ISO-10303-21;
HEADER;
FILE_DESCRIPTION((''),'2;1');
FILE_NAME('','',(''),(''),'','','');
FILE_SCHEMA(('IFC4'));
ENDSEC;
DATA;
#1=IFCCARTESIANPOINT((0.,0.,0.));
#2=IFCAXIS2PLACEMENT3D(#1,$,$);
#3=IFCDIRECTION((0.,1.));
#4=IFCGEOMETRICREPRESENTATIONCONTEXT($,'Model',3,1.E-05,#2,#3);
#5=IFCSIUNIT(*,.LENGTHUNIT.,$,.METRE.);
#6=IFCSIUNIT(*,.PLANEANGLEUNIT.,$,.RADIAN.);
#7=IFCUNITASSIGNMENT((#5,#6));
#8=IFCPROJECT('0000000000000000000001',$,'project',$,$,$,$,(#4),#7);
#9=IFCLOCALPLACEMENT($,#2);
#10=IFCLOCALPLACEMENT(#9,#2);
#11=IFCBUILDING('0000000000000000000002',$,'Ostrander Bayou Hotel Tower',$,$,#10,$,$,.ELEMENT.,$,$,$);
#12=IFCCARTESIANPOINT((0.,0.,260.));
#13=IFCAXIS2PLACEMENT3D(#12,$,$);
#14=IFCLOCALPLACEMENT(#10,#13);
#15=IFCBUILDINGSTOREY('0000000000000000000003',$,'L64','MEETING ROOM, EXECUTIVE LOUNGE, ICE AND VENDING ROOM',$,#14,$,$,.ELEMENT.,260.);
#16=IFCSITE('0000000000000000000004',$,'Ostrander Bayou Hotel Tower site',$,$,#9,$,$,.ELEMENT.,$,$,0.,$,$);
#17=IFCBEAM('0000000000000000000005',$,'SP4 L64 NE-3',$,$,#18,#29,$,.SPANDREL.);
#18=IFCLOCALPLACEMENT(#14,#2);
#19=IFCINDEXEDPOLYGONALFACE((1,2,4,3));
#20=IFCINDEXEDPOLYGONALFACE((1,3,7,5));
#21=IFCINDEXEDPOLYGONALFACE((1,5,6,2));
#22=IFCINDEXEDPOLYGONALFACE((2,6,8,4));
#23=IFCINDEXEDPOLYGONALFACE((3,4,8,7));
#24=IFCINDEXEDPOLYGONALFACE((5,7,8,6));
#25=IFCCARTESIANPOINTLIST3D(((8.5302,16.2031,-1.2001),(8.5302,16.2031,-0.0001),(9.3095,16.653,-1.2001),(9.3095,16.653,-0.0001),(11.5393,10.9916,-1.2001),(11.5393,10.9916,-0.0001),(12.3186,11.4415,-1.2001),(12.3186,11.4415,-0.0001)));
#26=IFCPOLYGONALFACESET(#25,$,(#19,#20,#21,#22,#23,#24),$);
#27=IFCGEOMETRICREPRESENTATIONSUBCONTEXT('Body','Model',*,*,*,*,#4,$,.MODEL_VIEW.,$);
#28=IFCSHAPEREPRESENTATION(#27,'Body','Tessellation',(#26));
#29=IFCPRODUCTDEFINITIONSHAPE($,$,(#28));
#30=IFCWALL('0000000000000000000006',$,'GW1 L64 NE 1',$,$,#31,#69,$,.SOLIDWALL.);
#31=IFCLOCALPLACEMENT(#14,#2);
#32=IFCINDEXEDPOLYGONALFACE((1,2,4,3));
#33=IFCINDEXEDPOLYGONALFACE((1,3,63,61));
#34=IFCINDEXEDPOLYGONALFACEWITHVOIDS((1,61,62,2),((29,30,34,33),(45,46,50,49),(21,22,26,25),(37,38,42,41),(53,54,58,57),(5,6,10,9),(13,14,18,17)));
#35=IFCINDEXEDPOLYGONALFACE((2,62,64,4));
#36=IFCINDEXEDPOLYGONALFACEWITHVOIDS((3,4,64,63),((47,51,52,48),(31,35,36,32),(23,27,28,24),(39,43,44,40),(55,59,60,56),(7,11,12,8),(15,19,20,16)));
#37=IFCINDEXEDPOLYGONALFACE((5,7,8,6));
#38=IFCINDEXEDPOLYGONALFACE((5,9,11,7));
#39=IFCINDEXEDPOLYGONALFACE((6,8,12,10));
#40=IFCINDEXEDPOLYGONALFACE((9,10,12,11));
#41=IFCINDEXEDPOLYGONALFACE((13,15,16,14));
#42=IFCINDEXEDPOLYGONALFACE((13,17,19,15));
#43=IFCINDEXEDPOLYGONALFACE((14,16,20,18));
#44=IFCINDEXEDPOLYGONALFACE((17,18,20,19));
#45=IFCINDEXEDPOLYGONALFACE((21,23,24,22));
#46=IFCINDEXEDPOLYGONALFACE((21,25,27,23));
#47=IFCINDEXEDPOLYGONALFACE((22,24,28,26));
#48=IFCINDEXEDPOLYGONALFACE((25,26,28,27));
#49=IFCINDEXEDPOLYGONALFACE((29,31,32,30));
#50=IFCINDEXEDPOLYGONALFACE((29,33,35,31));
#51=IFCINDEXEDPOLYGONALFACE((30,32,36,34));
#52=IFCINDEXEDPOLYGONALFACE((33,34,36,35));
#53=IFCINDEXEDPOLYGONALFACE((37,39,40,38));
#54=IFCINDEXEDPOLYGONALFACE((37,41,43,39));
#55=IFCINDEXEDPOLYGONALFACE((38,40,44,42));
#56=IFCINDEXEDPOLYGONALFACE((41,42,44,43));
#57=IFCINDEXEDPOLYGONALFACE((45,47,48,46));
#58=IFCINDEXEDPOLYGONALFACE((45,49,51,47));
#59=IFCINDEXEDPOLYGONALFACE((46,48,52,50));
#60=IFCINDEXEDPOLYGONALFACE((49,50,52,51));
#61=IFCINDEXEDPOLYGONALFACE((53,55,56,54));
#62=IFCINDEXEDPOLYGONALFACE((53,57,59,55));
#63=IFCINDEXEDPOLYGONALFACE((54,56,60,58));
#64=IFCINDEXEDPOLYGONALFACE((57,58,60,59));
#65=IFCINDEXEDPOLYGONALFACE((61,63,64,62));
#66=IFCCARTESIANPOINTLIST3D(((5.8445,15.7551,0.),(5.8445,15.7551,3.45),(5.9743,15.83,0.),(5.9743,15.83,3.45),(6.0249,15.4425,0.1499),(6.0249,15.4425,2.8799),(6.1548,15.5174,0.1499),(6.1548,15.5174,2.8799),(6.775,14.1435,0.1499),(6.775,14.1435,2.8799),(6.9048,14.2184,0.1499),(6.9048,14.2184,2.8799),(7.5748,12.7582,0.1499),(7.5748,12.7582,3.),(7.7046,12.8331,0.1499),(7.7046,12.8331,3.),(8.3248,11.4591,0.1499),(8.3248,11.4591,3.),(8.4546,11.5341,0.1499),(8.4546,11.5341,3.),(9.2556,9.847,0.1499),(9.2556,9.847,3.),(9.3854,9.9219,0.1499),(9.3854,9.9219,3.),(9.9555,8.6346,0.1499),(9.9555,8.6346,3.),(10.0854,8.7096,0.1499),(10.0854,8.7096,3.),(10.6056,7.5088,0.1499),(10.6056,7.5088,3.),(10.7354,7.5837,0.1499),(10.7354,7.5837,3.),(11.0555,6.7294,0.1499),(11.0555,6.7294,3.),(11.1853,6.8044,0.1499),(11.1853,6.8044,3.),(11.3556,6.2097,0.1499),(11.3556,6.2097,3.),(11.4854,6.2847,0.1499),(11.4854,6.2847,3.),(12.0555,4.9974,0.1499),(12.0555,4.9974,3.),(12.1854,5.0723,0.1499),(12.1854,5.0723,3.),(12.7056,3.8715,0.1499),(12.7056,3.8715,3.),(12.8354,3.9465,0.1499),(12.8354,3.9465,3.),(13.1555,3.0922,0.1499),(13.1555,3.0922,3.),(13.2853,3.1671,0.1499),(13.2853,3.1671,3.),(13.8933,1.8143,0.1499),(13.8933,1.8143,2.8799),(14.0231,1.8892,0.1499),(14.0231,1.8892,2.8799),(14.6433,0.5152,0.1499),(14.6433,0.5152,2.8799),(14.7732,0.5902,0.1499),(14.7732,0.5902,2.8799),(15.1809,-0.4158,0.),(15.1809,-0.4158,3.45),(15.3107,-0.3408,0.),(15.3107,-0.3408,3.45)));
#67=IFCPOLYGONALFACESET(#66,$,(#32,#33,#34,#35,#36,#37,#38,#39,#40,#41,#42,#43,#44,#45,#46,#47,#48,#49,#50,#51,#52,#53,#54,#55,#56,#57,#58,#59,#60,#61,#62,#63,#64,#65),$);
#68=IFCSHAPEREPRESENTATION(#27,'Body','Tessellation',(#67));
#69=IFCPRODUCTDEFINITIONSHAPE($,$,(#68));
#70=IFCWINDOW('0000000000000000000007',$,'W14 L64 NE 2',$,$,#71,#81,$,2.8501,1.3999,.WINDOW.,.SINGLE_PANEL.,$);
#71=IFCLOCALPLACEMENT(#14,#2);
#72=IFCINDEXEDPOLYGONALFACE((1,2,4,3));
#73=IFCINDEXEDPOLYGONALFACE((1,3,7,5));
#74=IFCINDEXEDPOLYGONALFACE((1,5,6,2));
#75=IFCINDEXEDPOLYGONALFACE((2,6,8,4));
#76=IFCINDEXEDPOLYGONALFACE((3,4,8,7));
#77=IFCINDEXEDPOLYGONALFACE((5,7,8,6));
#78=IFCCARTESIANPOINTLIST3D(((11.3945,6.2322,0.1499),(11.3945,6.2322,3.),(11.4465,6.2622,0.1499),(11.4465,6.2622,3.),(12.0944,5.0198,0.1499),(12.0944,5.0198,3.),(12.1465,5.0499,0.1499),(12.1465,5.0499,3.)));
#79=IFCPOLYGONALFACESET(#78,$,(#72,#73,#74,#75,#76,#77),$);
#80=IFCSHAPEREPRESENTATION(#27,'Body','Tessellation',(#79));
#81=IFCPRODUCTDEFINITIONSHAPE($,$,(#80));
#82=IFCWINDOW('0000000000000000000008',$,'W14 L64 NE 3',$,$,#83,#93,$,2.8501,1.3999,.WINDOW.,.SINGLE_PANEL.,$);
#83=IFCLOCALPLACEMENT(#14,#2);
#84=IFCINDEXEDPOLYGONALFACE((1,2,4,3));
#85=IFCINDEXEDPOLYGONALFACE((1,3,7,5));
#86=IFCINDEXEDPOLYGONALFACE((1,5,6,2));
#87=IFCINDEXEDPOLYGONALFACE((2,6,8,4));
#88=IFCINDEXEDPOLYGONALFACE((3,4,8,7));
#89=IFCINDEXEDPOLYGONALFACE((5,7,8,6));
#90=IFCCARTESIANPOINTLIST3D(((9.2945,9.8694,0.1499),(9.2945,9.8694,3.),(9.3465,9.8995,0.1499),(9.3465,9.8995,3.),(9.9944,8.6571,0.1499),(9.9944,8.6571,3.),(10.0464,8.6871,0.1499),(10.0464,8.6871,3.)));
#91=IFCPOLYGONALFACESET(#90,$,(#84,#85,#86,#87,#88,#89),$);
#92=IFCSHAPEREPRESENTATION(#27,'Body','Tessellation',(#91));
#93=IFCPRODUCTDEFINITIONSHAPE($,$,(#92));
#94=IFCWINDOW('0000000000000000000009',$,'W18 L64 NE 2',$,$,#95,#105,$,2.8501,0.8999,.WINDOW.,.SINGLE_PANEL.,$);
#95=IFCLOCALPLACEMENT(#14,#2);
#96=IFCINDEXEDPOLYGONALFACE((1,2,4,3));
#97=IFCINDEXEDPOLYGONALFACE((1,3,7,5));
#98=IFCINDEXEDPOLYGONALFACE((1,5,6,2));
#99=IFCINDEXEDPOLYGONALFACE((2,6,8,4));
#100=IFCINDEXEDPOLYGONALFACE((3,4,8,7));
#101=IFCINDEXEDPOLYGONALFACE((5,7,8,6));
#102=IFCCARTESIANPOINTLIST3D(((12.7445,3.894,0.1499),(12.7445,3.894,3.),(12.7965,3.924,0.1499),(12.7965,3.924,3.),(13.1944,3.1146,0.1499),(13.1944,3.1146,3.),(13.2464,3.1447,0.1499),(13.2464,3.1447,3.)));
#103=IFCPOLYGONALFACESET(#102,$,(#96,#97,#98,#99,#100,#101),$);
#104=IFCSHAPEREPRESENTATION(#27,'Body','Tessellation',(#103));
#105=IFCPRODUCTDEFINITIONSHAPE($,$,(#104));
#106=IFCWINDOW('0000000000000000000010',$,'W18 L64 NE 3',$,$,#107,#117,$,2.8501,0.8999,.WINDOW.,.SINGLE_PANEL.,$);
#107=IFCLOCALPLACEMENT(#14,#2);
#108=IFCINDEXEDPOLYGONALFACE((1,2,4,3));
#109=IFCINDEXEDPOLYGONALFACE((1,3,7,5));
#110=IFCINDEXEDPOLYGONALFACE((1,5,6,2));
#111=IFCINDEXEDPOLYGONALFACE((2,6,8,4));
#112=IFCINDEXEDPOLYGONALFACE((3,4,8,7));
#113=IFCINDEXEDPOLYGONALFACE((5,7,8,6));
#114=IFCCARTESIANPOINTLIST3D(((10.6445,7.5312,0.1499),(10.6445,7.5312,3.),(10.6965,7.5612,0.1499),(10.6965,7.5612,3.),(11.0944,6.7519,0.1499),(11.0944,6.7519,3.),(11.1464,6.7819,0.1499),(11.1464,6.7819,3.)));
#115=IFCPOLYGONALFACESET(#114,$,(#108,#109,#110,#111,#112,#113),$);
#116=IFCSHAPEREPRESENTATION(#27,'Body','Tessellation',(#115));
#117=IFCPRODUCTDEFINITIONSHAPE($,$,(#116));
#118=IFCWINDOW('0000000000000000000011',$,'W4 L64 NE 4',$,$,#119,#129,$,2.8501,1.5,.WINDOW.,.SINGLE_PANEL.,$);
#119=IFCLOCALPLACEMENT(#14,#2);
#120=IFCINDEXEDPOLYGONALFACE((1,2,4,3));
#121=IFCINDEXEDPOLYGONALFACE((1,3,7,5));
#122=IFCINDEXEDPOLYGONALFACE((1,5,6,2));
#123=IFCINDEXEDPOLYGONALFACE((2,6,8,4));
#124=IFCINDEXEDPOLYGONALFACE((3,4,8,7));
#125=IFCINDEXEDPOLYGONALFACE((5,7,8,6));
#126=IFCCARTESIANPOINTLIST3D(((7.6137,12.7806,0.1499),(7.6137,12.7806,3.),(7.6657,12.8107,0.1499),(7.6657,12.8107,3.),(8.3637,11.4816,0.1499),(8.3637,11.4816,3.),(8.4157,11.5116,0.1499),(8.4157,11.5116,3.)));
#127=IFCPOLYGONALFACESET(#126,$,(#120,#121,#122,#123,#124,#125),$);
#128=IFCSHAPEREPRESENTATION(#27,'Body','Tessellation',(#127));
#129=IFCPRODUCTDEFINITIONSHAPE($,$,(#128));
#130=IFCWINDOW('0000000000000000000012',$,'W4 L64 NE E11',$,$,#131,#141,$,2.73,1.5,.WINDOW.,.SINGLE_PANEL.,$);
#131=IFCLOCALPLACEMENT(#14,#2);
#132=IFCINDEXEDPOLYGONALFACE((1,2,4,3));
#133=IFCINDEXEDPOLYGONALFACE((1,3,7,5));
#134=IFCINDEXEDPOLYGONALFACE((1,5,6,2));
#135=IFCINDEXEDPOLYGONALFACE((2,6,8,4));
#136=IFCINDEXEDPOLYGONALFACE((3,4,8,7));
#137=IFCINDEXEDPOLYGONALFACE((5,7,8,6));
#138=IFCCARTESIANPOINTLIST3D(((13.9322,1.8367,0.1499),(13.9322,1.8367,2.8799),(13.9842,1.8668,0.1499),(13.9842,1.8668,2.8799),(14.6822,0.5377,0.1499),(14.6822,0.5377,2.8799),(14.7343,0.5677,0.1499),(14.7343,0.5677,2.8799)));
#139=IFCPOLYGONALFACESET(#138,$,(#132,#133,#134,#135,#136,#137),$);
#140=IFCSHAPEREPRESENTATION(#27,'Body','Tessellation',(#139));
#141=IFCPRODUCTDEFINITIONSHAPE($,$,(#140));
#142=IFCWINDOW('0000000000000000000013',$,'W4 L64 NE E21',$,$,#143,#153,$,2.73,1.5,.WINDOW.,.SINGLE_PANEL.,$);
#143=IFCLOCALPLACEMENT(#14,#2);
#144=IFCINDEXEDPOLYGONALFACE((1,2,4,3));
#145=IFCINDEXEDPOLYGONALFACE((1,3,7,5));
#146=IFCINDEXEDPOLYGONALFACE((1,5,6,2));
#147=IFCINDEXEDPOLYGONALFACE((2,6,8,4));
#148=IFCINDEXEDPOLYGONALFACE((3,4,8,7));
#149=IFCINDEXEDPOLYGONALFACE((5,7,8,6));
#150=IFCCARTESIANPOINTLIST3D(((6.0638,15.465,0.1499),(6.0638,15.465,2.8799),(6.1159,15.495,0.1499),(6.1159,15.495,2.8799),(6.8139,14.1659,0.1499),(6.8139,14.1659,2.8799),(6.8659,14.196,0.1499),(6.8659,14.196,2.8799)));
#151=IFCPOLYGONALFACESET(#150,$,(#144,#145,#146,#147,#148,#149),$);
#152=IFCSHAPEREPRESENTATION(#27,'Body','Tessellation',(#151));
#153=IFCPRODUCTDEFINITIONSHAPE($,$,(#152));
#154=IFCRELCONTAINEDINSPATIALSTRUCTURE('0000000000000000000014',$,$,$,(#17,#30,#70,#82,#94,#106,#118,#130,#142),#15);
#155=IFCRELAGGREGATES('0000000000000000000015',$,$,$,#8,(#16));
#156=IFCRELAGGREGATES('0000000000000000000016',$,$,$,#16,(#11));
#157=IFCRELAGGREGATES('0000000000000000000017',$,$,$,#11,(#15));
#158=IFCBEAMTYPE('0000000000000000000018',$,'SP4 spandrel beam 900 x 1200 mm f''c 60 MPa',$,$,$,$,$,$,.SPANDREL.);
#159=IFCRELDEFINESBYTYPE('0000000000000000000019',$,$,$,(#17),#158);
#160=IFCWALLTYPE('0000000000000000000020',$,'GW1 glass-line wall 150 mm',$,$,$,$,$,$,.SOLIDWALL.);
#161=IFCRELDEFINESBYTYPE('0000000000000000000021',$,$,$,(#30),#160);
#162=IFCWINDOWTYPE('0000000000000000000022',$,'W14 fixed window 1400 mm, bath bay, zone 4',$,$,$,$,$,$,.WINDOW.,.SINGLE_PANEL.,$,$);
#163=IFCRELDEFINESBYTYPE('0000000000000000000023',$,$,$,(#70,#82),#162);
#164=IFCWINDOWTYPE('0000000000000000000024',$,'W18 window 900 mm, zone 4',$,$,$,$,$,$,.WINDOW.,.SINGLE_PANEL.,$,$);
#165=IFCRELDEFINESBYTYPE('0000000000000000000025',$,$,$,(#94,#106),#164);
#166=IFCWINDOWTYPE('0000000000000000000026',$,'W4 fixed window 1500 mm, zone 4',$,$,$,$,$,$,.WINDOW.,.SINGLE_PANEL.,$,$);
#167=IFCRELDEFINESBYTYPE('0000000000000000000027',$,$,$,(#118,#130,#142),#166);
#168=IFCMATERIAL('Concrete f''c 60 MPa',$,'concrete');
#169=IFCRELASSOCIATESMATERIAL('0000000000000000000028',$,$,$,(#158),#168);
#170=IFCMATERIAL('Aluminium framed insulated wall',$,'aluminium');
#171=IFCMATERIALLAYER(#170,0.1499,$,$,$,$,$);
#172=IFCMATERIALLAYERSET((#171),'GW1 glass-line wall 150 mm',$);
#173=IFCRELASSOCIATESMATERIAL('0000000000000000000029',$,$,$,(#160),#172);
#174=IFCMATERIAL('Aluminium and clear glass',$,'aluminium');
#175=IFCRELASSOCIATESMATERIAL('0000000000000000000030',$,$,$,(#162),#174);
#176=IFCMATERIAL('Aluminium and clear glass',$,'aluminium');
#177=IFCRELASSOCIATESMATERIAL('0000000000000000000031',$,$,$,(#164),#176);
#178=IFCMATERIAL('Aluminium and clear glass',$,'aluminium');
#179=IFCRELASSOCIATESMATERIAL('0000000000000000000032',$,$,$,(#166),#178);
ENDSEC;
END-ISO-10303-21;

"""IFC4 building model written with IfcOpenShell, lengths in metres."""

from ifc_helpers import new_model, si_unit, direction, frame, frame_2d, origin, origin_2d, place, context, subcontext, project, spatial, rectangle, extrude, material, layer, layer_set, material_profile, profile_set, type_object, element, fill, save


model = new_model("IFC4")

# Units and contexts
model_context = context("Model", 3, precision=1e-05, world=origin(), true_north=direction((0.0, 1.0)))
body_context = subcontext(model_context, "Body", "Model", "MODEL_VIEW")
ifc_project = project(units=[si_unit("LENGTHUNIT", "METRE"), si_unit("PLANEANGLEUNIT", "RADIAN")], contexts=[model_context])

# Site, building, storey
site_placement = place(None, origin())
site = spatial("IfcSite", under=ifc_project, at=site_placement, Name="Ostrander Bayou Hotel Tower site", CompositionType="ELEMENT", RefElevation=0.0)
building_placement = place(site_placement, origin())
building = spatial("IfcBuilding", under=site, at=building_placement, Name="Ostrander Bayou Hotel Tower", CompositionType="ELEMENT")
storey_placement = place(building_placement, frame((0.0, 0.0, 260.0)))
storey = spatial("IfcBuildingStorey", under=building, at=storey_placement, Name="L64", Description="MEETING ROOM, EXECUTIVE LOUNGE, ICE AND VENDING ROOM", CompositionType="ELEMENT", Elevation=260.0)

# Beam
ifc_material_1 = material(Name="Concrete f'c 60 MPa", Category="concrete")
ifc_material_profile_1 = material_profile(ifc_material_1, rectangle(XDim=0.8999, YDim=1.2, at=origin_2d()))
ifc_profile_set_1 = profile_set([ifc_material_profile_1], Name="Concrete f'c 60 MPa")
beam_type_1 = type_object("IfcBeamType", Name="SP4 spandrel beam 900 x 1200 mm f'c 60 MPa", PredefinedType="SPANDREL", material=ifc_profile_set_1)
beam_1_placement = place(storey_placement, frame((11.929, 11.2166, -0.6001), z_axis=(-0.500027, 0.86601, 0.0), x_axis=(-0.86601, -0.500027, 0.0)))
element("IfcBeam", 1, at=beam_1_placement, inside=storey, type_object=beam_type_1, Name="SP4 L64 NE-3", PredefinedType="SPANDREL", context=body_context, shape_type="SweptSolid", body=[
    extrude(rectangle(XDim=0.8999, YDim=1.2, at=origin_2d()), origin(), (0.0, 0.0, 1.0), 6.0178),
])

# Wall, openings, windows
ifc_material_2 = material(Name="Aluminium framed insulated wall", Category="aluminium")
ifc_layer_1 = layer(ifc_material_2, 0.1499)
ifc_layer_set_1 = layer_set([ifc_layer_1], Name="GW1 glass-line wall 150 mm")
wall_type_1 = type_object("IfcWallType", Name="GW1 glass-line wall 150 mm", PredefinedType="SOLIDWALL", material=ifc_layer_set_1)
wall_1_placement = place(storey_placement, frame((15.2458, -0.3784, 0.0), z_axis=(0.0, 0.0, 1.0), x_axis=(-0.500006, 0.866022, 0.0)))
wall_1 = element("IfcWall", 2, at=wall_1_placement, inside=storey, type_object=wall_type_1, Name="GW1 L64 NE 1", PredefinedType="SOLIDWALL", context=body_context, shape_type="SweptSolid", body=[
    extrude(rectangle(XDim=18.6726, YDim=0.1499, at=frame_2d((9.3364, 0.0))), origin(), (0.0, 0.0, 1.0), 3.45),
])
opening_1_placement = place(wall_1_placement, frame((4.0508, 0.0, 0.1499)))
opening_1 = element("IfcOpeningElement", 3, at=opening_1_placement, cuts=wall_1, PredefinedType="OPENING", context=body_context, shape_type="SweptSolid", body=[
    extrude(rectangle(XDim=0.8999, YDim=2.8501, at=frame_2d((0.45, 1.425))), frame((0.0, 0.075, 0.0), z_axis=(0.0, -1.0, 0.0), x_axis=(1.0, 0.0, 0.0)), (0.0, 0.0, 1.0), 0.1499),
])
opening_2_placement = place(wall_1_placement, frame((6.2507, 0.0, 0.1499)))
opening_2 = element("IfcOpeningElement", 4, at=opening_2_placement, cuts=wall_1, PredefinedType="OPENING", context=body_context, shape_type="SweptSolid", body=[
    extrude(rectangle(XDim=1.3999, YDim=2.8501, at=frame_2d((0.7, 1.425))), frame((0.0, 0.075, 0.0), z_axis=(0.0, -1.0, 0.0), x_axis=(1.0, 0.0, 0.0)), (0.0, 0.0, 1.0), 0.1499),
])
opening_3_placement = place(wall_1_placement, frame((8.2507, 0.0, 0.1499)))
opening_3 = element("IfcOpeningElement", 5, at=opening_3_placement, cuts=wall_1, PredefinedType="OPENING", context=body_context, shape_type="SweptSolid", body=[
    extrude(rectangle(XDim=0.8999, YDim=2.8501, at=frame_2d((0.45, 1.425))), frame((0.0, 0.075, 0.0), z_axis=(0.0, -1.0, 0.0), x_axis=(1.0, 0.0, 0.0)), (0.0, 0.0, 1.0), 0.1499),
])
opening_4_placement = place(wall_1_placement, frame((10.4507, 0.0, 0.1499)))
opening_4 = element("IfcOpeningElement", 6, at=opening_4_placement, cuts=wall_1, PredefinedType="OPENING", context=body_context, shape_type="SweptSolid", body=[
    extrude(rectangle(XDim=1.3999, YDim=2.8501, at=frame_2d((0.7, 1.425))), frame((0.0, 0.075, 0.0), z_axis=(0.0, -1.0, 0.0), x_axis=(1.0, 0.0, 0.0)), (0.0, 0.0, 1.0), 0.1499),
])
opening_5_placement = place(wall_1_placement, frame((13.7122, 0.0, 0.1499)))
opening_5 = element("IfcOpeningElement", 7, at=opening_5_placement, cuts=wall_1, PredefinedType="OPENING", context=body_context, shape_type="SweptSolid", body=[
    extrude(rectangle(XDim=1.5, YDim=2.8501, at=frame_2d((0.75, 1.425))), frame((0.0, 0.075, 0.0), z_axis=(0.0, -1.0, 0.0), x_axis=(1.0, 0.0, 0.0)), (0.0, 0.0, 1.0), 0.1499),
])
opening_6_placement = place(wall_1_placement, frame((1.0752, 0.0, 0.1499)))
opening_6 = element("IfcOpeningElement", 8, at=opening_6_placement, cuts=wall_1, PredefinedType="OPENING", context=body_context, shape_type="SweptSolid", body=[
    extrude(rectangle(XDim=1.5, YDim=2.73, at=frame_2d((0.75, 1.365))), frame((0.0, 0.075, 0.0), z_axis=(0.0, -1.0, 0.0), x_axis=(1.0, 0.0, 0.0)), (0.0, 0.0, 1.0), 0.1499),
])
opening_7_placement = place(wall_1_placement, frame((16.8118, 0.0, 0.1499)))
opening_7 = element("IfcOpeningElement", 9, at=opening_7_placement, cuts=wall_1, PredefinedType="OPENING", context=body_context, shape_type="SweptSolid", body=[
    extrude(rectangle(XDim=1.5, YDim=2.73, at=frame_2d((0.75, 1.365))), frame((0.0, 0.075, 0.0), z_axis=(0.0, -1.0, 0.0), x_axis=(1.0, 0.0, 0.0)), (0.0, 0.0, 1.0), 0.1499),
])
ifc_material_3 = material(Name="Aluminium and clear glass", Category="aluminium")
window_type_1 = type_object("IfcWindowType", Name="W14 fixed window 1400 mm, bath bay, zone 4", PartitioningType="SINGLE_PANEL", PredefinedType="WINDOW", material=ifc_material_3)
window_1_placement = place(opening_2_placement, origin())
window_1 = element("IfcWindow", 10, at=window_1_placement, inside=storey, type_object=window_type_1, Name="W14 L64 NE 2", OverallHeight=2.8501, OverallWidth=1.3999, PartitioningType="SINGLE_PANEL", PredefinedType="WINDOW", context=body_context, shape_type="SweptSolid", body=[
    extrude(rectangle(XDim=1.3999, YDim=2.8501, at=frame_2d((0.7, 1.425))), frame((0.0, 0.03, 0.0), z_axis=(0.0, -1.0, 0.0), x_axis=(1.0, 0.0, 0.0)), (0.0, 0.0, 1.0), 0.0601),
])
fill(opening_2, window_1)
window_2_placement = place(opening_4_placement, origin())
window_2 = element("IfcWindow", 11, at=window_2_placement, inside=storey, type_object=window_type_1, Name="W14 L64 NE 3", OverallHeight=2.8501, OverallWidth=1.3999, PartitioningType="SINGLE_PANEL", PredefinedType="WINDOW", context=body_context, shape_type="SweptSolid", body=[
    extrude(rectangle(XDim=1.3999, YDim=2.8501, at=frame_2d((0.7, 1.425))), frame((0.0, 0.03, 0.0), z_axis=(0.0, -1.0, 0.0), x_axis=(1.0, 0.0, 0.0)), (0.0, 0.0, 1.0), 0.0601),
])
fill(opening_4, window_2)
ifc_material_4 = material(Name="Aluminium and clear glass", Category="aluminium")
window_type_2 = type_object("IfcWindowType", Name="W18 window 900 mm, zone 4", PartitioningType="SINGLE_PANEL", PredefinedType="WINDOW", material=ifc_material_4)
window_3_placement = place(opening_1_placement, origin())
window_3 = element("IfcWindow", 12, at=window_3_placement, inside=storey, type_object=window_type_2, Name="W18 L64 NE 2", OverallHeight=2.8501, OverallWidth=0.8999, PartitioningType="SINGLE_PANEL", PredefinedType="WINDOW", context=body_context, shape_type="SweptSolid", body=[
    extrude(rectangle(XDim=0.8999, YDim=2.8501, at=frame_2d((0.45, 1.425))), frame((0.0, 0.03, 0.0), z_axis=(0.0, -1.0, 0.0), x_axis=(1.0, 0.0, 0.0)), (0.0, 0.0, 1.0), 0.0601),
])
fill(opening_1, window_3)
window_4_placement = place(opening_3_placement, origin())
window_4 = element("IfcWindow", 13, at=window_4_placement, inside=storey, type_object=window_type_2, Name="W18 L64 NE 3", OverallHeight=2.8501, OverallWidth=0.8999, PartitioningType="SINGLE_PANEL", PredefinedType="WINDOW", context=body_context, shape_type="SweptSolid", body=[
    extrude(rectangle(XDim=0.8999, YDim=2.8501, at=frame_2d((0.45, 1.425))), frame((0.0, 0.03, 0.0), z_axis=(0.0, -1.0, 0.0), x_axis=(1.0, 0.0, 0.0)), (0.0, 0.0, 1.0), 0.0601),
])
fill(opening_3, window_4)
ifc_material_5 = material(Name="Aluminium and clear glass", Category="aluminium")
window_type_3 = type_object("IfcWindowType", Name="W4 fixed window 1500 mm, zone 4", PartitioningType="SINGLE_PANEL", PredefinedType="WINDOW", material=ifc_material_5)
window_5_placement = place(opening_5_placement, origin())
window_5 = element("IfcWindow", 14, at=window_5_placement, inside=storey, type_object=window_type_3, Name="W4 L64 NE 4", OverallHeight=2.8501, OverallWidth=1.5, PartitioningType="SINGLE_PANEL", PredefinedType="WINDOW", context=body_context, shape_type="SweptSolid", body=[
    extrude(rectangle(XDim=1.5, YDim=2.8501, at=frame_2d((0.75, 1.425))), frame((0.0, 0.03, 0.0), z_axis=(0.0, -1.0, 0.0), x_axis=(1.0, 0.0, 0.0)), (0.0, 0.0, 1.0), 0.0601),
])
fill(opening_5, window_5)
window_6_placement = place(opening_6_placement, origin())
window_6 = element("IfcWindow", 15, at=window_6_placement, inside=storey, type_object=window_type_3, Name="W4 L64 NE E11", OverallHeight=2.73, OverallWidth=1.5, PartitioningType="SINGLE_PANEL", PredefinedType="WINDOW", context=body_context, shape_type="SweptSolid", body=[
    extrude(rectangle(XDim=1.5, YDim=2.73, at=frame_2d((0.75, 1.365))), frame((0.0, 0.03, 0.0), z_axis=(0.0, -1.0, 0.0), x_axis=(1.0, 0.0, 0.0)), (0.0, 0.0, 1.0), 0.0601),
])
fill(opening_6, window_6)
window_7_placement = place(opening_7_placement, origin())
window_7 = element("IfcWindow", 16, at=window_7_placement, inside=storey, type_object=window_type_3, Name="W4 L64 NE E21", OverallHeight=2.73, OverallWidth=1.5, PartitioningType="SINGLE_PANEL", PredefinedType="WINDOW", context=body_context, shape_type="SweptSolid", body=[
    extrude(rectangle(XDim=1.5, YDim=2.73, at=frame_2d((0.75, 1.365))), frame((0.0, 0.03, 0.0), z_axis=(0.0, -1.0, 0.0), x_axis=(1.0, 0.0, 0.0)), (0.0, 0.0, 1.0), 0.0601),
])
fill(opening_7, window_7)

save(model, "model.ifc")
